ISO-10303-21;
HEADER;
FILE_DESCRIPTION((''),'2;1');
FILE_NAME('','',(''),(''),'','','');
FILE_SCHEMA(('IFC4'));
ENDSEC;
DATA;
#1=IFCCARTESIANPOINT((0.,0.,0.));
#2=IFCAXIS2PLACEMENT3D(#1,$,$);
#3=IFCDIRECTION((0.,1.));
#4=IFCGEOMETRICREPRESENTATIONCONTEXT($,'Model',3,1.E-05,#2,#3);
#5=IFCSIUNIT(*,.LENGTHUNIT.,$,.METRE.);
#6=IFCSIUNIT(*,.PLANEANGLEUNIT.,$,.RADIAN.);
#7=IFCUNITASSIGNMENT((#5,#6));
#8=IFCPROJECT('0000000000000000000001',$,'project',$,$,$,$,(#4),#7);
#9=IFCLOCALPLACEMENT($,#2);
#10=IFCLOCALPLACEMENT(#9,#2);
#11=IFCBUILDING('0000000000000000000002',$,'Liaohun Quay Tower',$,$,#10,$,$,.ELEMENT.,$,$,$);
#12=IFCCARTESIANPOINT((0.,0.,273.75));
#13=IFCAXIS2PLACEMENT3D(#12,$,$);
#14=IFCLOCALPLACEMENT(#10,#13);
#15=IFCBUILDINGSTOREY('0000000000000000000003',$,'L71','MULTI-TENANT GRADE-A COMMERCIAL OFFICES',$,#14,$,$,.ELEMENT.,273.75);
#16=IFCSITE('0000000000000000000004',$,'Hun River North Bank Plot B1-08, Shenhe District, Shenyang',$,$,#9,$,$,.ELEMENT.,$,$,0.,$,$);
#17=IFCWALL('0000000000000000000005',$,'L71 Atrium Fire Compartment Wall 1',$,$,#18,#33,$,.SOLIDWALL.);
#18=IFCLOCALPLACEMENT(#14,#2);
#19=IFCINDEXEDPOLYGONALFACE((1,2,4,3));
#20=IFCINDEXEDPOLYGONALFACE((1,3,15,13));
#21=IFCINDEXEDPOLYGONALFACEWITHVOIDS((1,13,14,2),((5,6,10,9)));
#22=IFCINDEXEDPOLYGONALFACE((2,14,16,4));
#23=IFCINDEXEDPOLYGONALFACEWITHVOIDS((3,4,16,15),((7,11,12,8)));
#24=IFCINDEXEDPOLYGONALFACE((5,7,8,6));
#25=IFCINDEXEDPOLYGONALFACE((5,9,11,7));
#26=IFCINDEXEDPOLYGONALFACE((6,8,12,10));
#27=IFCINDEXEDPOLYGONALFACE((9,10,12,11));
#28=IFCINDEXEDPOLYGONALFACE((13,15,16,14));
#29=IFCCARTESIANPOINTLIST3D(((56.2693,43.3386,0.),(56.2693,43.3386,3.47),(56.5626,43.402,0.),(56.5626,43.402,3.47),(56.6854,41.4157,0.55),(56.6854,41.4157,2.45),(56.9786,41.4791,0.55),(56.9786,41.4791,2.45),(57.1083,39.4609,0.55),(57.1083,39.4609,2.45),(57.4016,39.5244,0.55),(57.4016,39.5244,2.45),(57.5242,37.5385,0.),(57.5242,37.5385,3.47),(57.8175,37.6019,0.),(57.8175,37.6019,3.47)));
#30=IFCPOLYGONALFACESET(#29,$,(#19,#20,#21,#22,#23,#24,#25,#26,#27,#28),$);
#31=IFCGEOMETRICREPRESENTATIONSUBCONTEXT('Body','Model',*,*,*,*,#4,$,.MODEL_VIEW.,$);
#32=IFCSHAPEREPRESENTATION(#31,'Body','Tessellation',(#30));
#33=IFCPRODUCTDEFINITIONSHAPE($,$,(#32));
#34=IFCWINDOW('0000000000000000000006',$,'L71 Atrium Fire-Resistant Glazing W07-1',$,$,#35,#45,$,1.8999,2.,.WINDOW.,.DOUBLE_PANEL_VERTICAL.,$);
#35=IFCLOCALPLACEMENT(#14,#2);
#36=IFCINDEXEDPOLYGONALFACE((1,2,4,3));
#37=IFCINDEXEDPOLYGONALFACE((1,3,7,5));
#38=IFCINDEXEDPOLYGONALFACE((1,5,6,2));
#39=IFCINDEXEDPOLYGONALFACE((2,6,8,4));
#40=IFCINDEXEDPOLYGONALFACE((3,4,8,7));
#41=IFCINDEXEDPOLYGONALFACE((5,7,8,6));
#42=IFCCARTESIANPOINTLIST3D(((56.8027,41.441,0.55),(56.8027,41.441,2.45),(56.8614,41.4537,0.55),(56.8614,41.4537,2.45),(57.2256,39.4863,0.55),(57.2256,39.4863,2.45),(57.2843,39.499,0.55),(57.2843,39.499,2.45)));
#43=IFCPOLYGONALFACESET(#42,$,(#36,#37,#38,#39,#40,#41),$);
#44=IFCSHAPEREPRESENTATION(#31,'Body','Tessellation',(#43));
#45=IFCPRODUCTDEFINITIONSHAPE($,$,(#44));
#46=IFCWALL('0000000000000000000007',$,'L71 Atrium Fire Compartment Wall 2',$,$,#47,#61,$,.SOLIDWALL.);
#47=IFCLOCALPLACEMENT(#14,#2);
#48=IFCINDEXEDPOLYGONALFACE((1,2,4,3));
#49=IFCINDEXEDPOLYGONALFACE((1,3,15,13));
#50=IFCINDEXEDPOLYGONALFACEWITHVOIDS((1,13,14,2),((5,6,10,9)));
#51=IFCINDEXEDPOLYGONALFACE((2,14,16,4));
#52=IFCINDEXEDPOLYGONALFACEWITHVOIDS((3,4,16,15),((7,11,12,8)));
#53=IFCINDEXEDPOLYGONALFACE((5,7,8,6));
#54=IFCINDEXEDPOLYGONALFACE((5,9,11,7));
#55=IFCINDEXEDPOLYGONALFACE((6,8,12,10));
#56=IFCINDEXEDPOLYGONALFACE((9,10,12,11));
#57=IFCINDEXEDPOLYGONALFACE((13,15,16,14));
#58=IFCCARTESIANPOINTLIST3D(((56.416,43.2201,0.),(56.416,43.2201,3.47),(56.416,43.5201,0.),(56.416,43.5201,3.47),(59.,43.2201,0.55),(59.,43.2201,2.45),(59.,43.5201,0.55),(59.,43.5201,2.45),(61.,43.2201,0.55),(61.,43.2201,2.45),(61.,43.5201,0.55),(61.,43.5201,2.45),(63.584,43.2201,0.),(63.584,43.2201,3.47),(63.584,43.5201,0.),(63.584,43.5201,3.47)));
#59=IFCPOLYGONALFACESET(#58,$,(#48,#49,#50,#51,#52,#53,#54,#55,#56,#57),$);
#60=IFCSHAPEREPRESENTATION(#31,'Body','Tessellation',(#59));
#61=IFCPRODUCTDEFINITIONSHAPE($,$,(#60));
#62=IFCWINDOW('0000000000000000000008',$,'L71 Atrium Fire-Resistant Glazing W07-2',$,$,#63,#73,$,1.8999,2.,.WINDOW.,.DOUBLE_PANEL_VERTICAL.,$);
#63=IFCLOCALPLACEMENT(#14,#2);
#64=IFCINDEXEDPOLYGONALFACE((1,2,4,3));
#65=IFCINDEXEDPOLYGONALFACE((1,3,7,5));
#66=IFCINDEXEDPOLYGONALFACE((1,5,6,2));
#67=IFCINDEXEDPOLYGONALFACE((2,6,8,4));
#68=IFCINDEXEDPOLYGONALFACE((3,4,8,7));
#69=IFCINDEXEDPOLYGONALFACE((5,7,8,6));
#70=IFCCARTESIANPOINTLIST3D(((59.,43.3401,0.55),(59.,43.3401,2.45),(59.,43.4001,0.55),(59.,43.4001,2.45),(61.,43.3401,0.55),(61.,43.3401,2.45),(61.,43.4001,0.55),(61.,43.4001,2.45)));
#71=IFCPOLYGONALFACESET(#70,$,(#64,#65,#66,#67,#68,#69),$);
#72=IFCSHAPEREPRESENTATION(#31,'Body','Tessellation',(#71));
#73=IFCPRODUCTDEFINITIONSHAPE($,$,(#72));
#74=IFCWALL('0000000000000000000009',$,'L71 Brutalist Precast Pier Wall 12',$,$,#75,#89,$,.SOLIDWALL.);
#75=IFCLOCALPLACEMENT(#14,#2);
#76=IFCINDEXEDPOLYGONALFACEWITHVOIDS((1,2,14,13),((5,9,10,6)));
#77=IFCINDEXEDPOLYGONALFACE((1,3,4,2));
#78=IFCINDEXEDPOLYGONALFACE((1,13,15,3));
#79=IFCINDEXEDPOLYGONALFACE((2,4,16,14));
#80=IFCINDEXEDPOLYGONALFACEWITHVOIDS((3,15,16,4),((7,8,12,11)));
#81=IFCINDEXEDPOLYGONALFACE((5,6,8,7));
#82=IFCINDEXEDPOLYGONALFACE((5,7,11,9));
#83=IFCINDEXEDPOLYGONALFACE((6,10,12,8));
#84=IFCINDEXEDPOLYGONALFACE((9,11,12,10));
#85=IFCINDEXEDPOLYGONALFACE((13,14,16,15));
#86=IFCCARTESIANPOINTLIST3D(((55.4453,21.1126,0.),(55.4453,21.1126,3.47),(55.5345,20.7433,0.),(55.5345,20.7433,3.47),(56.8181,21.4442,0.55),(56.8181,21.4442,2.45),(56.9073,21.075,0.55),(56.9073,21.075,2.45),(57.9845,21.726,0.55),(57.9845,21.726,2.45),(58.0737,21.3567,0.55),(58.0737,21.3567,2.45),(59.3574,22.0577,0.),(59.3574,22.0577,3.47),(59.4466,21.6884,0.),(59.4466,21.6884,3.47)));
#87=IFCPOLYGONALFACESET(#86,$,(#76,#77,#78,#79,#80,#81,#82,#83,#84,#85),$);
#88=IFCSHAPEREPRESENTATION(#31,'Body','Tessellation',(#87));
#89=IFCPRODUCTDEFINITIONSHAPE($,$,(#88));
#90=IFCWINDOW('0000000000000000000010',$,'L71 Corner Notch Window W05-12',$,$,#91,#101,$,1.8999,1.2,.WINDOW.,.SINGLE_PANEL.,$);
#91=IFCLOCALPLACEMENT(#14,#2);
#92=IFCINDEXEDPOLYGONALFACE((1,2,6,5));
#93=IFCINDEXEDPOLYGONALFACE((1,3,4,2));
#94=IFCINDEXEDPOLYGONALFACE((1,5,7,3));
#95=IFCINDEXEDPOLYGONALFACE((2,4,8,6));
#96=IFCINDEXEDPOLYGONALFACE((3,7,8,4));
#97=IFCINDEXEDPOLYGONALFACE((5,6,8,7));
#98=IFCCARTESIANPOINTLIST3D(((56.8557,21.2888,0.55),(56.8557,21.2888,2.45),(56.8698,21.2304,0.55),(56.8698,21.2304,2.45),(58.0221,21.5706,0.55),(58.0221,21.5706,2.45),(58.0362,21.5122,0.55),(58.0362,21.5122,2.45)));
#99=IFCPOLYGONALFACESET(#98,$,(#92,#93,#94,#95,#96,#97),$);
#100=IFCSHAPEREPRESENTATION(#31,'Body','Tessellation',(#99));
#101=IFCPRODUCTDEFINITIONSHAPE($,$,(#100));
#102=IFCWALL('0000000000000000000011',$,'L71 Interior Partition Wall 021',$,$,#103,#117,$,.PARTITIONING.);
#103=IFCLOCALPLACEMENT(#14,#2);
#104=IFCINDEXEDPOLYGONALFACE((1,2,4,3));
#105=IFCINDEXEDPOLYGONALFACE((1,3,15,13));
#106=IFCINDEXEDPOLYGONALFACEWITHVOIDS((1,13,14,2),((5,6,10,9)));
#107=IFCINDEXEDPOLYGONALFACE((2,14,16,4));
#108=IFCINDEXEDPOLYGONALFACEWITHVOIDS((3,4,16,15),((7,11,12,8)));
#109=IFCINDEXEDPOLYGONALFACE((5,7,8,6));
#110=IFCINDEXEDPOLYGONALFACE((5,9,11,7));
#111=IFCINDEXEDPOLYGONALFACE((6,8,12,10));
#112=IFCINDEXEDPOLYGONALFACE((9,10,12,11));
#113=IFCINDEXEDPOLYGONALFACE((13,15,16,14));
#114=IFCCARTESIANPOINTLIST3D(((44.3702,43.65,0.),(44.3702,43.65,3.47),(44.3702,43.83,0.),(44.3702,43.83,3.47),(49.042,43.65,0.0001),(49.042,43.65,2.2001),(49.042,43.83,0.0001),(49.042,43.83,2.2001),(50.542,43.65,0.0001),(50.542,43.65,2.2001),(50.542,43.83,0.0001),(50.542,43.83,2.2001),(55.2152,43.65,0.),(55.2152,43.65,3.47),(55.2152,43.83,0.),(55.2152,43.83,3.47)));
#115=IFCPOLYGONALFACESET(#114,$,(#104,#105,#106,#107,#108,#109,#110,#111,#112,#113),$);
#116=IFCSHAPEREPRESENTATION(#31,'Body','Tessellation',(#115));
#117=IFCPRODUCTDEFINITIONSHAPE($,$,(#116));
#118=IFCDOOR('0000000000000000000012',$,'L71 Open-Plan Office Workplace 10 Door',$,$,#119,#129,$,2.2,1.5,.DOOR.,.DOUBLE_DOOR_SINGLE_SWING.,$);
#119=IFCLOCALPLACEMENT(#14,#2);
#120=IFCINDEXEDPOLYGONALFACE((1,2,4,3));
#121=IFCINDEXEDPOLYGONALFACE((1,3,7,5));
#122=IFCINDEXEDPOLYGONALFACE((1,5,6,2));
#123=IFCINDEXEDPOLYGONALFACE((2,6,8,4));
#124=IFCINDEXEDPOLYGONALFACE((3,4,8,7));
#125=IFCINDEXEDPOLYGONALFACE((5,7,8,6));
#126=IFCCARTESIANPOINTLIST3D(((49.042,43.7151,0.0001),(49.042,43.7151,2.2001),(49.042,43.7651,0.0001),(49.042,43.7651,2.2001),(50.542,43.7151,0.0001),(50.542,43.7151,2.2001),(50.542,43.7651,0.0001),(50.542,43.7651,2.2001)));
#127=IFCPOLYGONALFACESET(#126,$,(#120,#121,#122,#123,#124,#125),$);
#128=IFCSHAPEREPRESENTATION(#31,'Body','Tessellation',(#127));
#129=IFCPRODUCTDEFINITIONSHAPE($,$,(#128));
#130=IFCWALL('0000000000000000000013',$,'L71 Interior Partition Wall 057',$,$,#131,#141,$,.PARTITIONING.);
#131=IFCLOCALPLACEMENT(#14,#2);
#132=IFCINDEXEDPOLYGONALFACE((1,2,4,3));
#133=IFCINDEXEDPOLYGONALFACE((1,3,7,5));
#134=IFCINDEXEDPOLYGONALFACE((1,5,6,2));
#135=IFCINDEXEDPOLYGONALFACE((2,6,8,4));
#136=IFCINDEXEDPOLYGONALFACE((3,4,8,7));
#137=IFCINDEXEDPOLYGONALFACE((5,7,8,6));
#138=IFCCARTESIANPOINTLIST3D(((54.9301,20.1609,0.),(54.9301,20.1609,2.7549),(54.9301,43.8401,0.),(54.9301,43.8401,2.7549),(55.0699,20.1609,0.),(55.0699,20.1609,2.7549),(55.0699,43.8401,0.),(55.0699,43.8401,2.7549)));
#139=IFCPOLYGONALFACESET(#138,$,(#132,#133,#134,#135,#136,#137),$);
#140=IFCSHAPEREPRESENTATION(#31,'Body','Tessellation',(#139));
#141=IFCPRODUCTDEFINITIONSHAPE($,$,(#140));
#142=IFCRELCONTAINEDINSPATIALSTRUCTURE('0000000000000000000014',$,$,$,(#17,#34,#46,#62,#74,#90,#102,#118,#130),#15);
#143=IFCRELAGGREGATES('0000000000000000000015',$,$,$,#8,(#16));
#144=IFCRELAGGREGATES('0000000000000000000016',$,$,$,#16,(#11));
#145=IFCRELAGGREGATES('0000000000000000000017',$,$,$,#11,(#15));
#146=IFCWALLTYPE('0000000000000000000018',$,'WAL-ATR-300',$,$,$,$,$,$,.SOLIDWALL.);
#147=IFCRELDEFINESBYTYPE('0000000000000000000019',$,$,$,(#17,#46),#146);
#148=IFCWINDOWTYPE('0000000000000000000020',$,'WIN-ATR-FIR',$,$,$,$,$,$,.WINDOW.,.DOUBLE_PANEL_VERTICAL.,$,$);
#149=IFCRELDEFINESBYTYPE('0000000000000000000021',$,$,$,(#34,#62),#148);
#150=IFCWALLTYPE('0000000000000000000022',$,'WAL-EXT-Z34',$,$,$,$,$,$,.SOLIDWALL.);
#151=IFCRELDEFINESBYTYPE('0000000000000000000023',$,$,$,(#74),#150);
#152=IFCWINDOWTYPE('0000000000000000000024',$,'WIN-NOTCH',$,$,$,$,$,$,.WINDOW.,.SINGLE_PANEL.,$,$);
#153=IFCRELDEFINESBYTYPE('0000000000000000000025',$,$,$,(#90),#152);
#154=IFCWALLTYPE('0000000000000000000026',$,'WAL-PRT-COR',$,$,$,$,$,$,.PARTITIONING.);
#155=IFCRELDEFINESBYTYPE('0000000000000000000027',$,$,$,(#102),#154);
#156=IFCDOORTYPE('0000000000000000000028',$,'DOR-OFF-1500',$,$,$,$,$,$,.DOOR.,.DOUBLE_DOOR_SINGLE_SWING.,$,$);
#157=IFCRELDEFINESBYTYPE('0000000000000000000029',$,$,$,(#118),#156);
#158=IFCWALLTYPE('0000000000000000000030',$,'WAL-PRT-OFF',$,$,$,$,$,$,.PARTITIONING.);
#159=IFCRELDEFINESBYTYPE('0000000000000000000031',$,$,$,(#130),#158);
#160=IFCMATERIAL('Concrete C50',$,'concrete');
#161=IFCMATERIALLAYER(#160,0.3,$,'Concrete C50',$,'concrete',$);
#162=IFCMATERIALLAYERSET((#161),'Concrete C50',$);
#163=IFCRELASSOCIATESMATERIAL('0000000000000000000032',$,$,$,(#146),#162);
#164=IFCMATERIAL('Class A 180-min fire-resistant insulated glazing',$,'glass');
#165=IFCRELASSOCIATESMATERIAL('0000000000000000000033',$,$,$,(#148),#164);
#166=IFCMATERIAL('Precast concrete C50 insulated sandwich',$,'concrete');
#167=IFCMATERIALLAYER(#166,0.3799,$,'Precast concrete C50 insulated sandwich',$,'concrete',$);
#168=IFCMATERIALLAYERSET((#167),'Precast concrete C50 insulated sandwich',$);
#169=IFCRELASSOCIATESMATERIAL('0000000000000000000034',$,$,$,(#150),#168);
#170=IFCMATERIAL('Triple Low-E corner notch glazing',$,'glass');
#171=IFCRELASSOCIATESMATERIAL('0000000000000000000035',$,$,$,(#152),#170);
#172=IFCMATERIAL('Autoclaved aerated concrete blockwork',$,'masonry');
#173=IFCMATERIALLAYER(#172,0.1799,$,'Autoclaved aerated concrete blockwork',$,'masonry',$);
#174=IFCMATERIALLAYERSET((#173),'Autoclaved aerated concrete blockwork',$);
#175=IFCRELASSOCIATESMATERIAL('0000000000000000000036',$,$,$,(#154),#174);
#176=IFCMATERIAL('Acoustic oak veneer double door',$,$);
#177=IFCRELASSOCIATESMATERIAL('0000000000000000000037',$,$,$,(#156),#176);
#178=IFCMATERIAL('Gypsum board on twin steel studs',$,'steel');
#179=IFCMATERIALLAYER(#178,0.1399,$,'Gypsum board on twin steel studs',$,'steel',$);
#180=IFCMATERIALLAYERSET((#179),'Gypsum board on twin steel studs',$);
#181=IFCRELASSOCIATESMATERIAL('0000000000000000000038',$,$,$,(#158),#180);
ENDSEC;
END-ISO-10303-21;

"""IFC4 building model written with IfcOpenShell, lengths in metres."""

from ifc_helpers import new_model, si_unit, direction, frame, frame_2d, origin, place, context, subcontext, project, spatial, rectangle, extrude, source, transform, mapped, material, layer, layer_set, type_object, element, fill, save


model = new_model("IFC4")

# Units and contexts
model_context = context("Model", 3, precision=1e-05, world=origin(), true_north=direction((0.0, 1.0)))
body_context = subcontext(model_context, "Body", "Model", "MODEL_VIEW")
ifc_project = project(units=[si_unit("LENGTHUNIT", "METRE"), si_unit("PLANEANGLEUNIT", "RADIAN")], contexts=[model_context])

# Site, building, storey
site_placement = place(None, origin())
site = spatial("IfcSite", under=ifc_project, at=site_placement, Name="Hun River North Bank Plot B1-08, Shenhe District, Shenyang", CompositionType="ELEMENT", RefElevation=0.0)
building_placement = place(site_placement, origin())
building = spatial("IfcBuilding", under=site, at=building_placement, Name="Liaohun Quay Tower", CompositionType="ELEMENT")
storey_placement = place(building_placement, frame((0.0, 0.0, 273.75)))
storey = spatial("IfcBuildingStorey", under=building, at=storey_placement, Name="L71", Description="MULTI-TENANT GRADE-A COMMERCIAL OFFICES", CompositionType="ELEMENT", Elevation=273.75)

# Walls, openings, windows
ifc_material_1 = material(Name="Concrete C50", Category="concrete")
ifc_layer_1 = layer(ifc_material_1, 0.3, Name="Concrete C50", Category="concrete")
ifc_layer_set_1 = layer_set([ifc_layer_1], Name="Concrete C50")
wall_type_1 = type_object("IfcWallType", Name="WAL-ATR-300", PredefinedType="SOLIDWALL", material=ifc_layer_set_1)
wall_1_placement = place(storey_placement, frame((57.6709, 37.5701, 0.0), z_axis=(0.0, 0.0, 1.0), x_axis=(-0.211465, 0.977386, 0.0)))
wall_1 = element("IfcWall", 1, at=wall_1_placement, inside=storey, type_object=wall_type_1, Name="L71 Atrium Fire Compartment Wall 1", PredefinedType="SOLIDWALL", context=body_context, shape_type="SweptSolid", body=[
    extrude(rectangle(XDim=5.9343, YDim=0.3, at=frame_2d((2.9673, 0.0))), origin(), (0.0, 0.0, 1.0), 3.47),
])
shared_shape_1 = source(origin(), body_context, "Body", "SweptSolid", [
    extrude(rectangle(XDim=2.0, YDim=1.8999, at=frame_2d((1.0, 0.95))), frame((0.0, 0.1599, 0.0), z_axis=(0.0, -1.0, 0.0), x_axis=(1.0, 0.0, 0.0)), (0.0, 0.0, 1.0), 0.3201),
])
opening_1_placement = place(wall_1_placement, frame((1.967, 0.0, 0.55)))
opening_1 = element("IfcOpeningElement", 2, at=opening_1_placement, cuts=wall_1, PredefinedType="OPENING", context=body_context, shape_type="MappedRepresentation", body=[
    mapped(shared_shape_1, transform((0.0, 0.0, 0.0), x_axis=(1.0, 0.0, 0.0), y_axis=(0.0, 1.0, 0.0), z_axis=(0.0, 0.0, 1.0), scale=1.0)),
])
ifc_material_2 = material(Name="Class A 180-min fire-resistant insulated glazing", Category="glass")
window_type_1 = type_object("IfcWindowType", Name="WIN-ATR-FIR", PartitioningType="DOUBLE_PANEL_VERTICAL", PredefinedType="WINDOW", material=ifc_material_2)
shared_shape_2 = source(origin(), body_context, "Body", "SweptSolid", [
    extrude(rectangle(XDim=2.0, YDim=1.8999, at=frame_2d((1.0, 0.95))), frame((0.0, 0.03, 0.0), z_axis=(0.0, -1.0, 0.0), x_axis=(1.0, 0.0, 0.0)), (0.0, 0.0, 1.0), 0.0601),
])
window_1_placement = place(opening_1_placement, origin())
window_1 = element("IfcWindow", 3, at=window_1_placement, inside=storey, type_object=window_type_1, Name="L71 Atrium Fire-Resistant Glazing W07-1", OverallHeight=1.8999, OverallWidth=2.0, PartitioningType="DOUBLE_PANEL_VERTICAL", PredefinedType="WINDOW", context=body_context, shape_type="MappedRepresentation", body=[
    mapped(shared_shape_2, transform((0.0, 0.0, 0.0), x_axis=(1.0, 0.0, 0.0), y_axis=(0.0, 1.0, 0.0), z_axis=(0.0, 0.0, 1.0), scale=1.0)),
])
fill(opening_1, window_1)
wall_2_placement = place(storey_placement, frame((56.416, 43.3701, 0.0), z_axis=(0.0, 0.0, 1.0), x_axis=(1.0, 0.0, 0.0)))
wall_2 = element("IfcWall", 4, at=wall_2_placement, inside=storey, type_object=wall_type_1, Name="L71 Atrium Fire Compartment Wall 2", PredefinedType="SOLIDWALL", context=body_context, shape_type="SweptSolid", body=[
    extrude(rectangle(XDim=7.168, YDim=0.3, at=frame_2d((3.584, 0.0))), origin(), (0.0, 0.0, 1.0), 3.47),
])
opening_2_placement = place(wall_2_placement, frame((2.584, 0.0, 0.55)))
opening_2 = element("IfcOpeningElement", 5, at=opening_2_placement, cuts=wall_2, PredefinedType="OPENING", context=body_context, shape_type="MappedRepresentation", body=[
    mapped(shared_shape_1, transform((0.0, 0.0, 0.0), x_axis=(1.0, 0.0, 0.0), y_axis=(0.0, 1.0, 0.0), z_axis=(0.0, 0.0, 1.0), scale=1.0)),
])
window_2_placement = place(opening_2_placement, origin())
window_2 = element("IfcWindow", 6, at=window_2_placement, inside=storey, type_object=window_type_1, Name="L71 Atrium Fire-Resistant Glazing W07-2", OverallHeight=1.8999, OverallWidth=2.0, PartitioningType="DOUBLE_PANEL_VERTICAL", PredefinedType="WINDOW", context=body_context, shape_type="MappedRepresentation", body=[
    mapped(shared_shape_2, transform((0.0, 0.0, 0.0), x_axis=(1.0, 0.0, 0.0), y_axis=(0.0, 1.0, 0.0), z_axis=(0.0, 0.0, 1.0), scale=1.0)),
])
fill(opening_2, window_2)
ifc_material_3 = material(Name="Precast concrete C50 insulated sandwich", Category="concrete")
ifc_layer_2 = layer(ifc_material_3, 0.3799, Name="Precast concrete C50 insulated sandwich", Category="concrete")
ifc_layer_set_2 = layer_set([ifc_layer_2], Name="Precast concrete C50 insulated sandwich")
wall_type_2 = type_object("IfcWallType", Name="WAL-EXT-Z34", PredefinedType="SOLIDWALL", material=ifc_layer_set_2)
wall_3_placement = place(storey_placement, frame((55.49, 20.928, 0.0), z_axis=(0.0, 0.0, 1.0), x_axis=(0.972039, 0.23482, 0.0)))
wall_3 = element("IfcWall", 7, at=wall_3_placement, inside=storey, type_object=wall_type_2, Name="L71 Brutalist Precast Pier Wall 12", PredefinedType="SOLIDWALL", context=body_context, shape_type="SweptSolid", body=[
    extrude(rectangle(XDim=4.0247, YDim=0.3799, at=frame_2d((2.0122, 0.0))), origin(), (0.0, 0.0, 1.0), 3.47),
])
shared_shape_3 = source(origin(), body_context, "Body", "SweptSolid", [
    extrude(rectangle(XDim=1.2, YDim=1.8999, at=frame_2d((0.6001, 0.95))), frame((0.0, 0.2, 0.0), z_axis=(0.0, -1.0, 0.0), x_axis=(1.0, 0.0, 0.0)), (0.0, 0.0, 1.0), 0.3999),
])
opening_3_placement = place(wall_3_placement, frame((1.4121, 0.0, 0.55)))
opening_3 = element("IfcOpeningElement", 8, at=opening_3_placement, cuts=wall_3, PredefinedType="OPENING", context=body_context, shape_type="MappedRepresentation", body=[
    mapped(shared_shape_3, transform((0.0, 0.0, 0.0), x_axis=(1.0, 0.0, 0.0), y_axis=(0.0, 1.0, 0.0), z_axis=(0.0, 0.0, 1.0), scale=1.0)),
])
ifc_material_4 = material(Name="Triple Low-E corner notch glazing", Category="glass")
window_type_2 = type_object("IfcWindowType", Name="WIN-NOTCH", PartitioningType="SINGLE_PANEL", PredefinedType="WINDOW", material=ifc_material_4)
shared_shape_4 = source(origin(), body_context, "Body", "SweptSolid", [
    extrude(rectangle(XDim=1.2, YDim=1.8999, at=frame_2d((0.6001, 0.95))), frame((0.0, 0.03, 0.0), z_axis=(0.0, -1.0, 0.0), x_axis=(1.0, 0.0, 0.0)), (0.0, 0.0, 1.0), 0.0601),
])
window_3_placement = place(opening_3_placement, origin())
window_3 = element("IfcWindow", 9, at=window_3_placement, inside=storey, type_object=window_type_2, Name="L71 Corner Notch Window W05-12", OverallHeight=1.8999, OverallWidth=1.2, PartitioningType="SINGLE_PANEL", PredefinedType="WINDOW", context=body_context, shape_type="MappedRepresentation", body=[
    mapped(shared_shape_4, transform((0.0, 0.0, 0.0), x_axis=(1.0, 0.0, 0.0), y_axis=(0.0, 1.0, 0.0), z_axis=(0.0, 0.0, 1.0), scale=1.0)),
])
fill(opening_3, window_3)

# Wall, opening, door
ifc_material_5 = material(Name="Autoclaved aerated concrete blockwork", Category="masonry")
ifc_layer_3 = layer(ifc_material_5, 0.1799, Name="Autoclaved aerated concrete blockwork", Category="masonry")
ifc_layer_set_3 = layer_set([ifc_layer_3], Name="Autoclaved aerated concrete blockwork")
wall_type_3 = type_object("IfcWallType", Name="WAL-PRT-COR", PredefinedType="PARTITIONING", material=ifc_layer_set_3)
wall_4_placement = place(storey_placement, frame((55.2151, 43.74, 0.0), z_axis=(0.0, 0.0, 1.0), x_axis=(-1.0, 0.0, 0.0)))
wall_4 = element("IfcWall", 10, at=wall_4_placement, inside=storey, type_object=wall_type_3, Name="L71 Interior Partition Wall 021", PredefinedType="PARTITIONING", context=body_context, shape_type="SweptSolid", body=[
    extrude(rectangle(XDim=10.845, YDim=0.1799, at=frame_2d((5.4224, 0.0))), origin(), (0.0, 0.0, 1.0), 3.47),
])
shared_shape_5 = source(origin(), body_context, "Body", "SweptSolid", [
    extrude(rectangle(XDim=1.5, YDim=2.2, at=frame_2d((0.75, 1.1001))), frame((0.0, 0.0999, 0.0), z_axis=(0.0, -1.0, 0.0), x_axis=(1.0, 0.0, 0.0)), (0.0, 0.0, 1.0), 0.2),
])
opening_4_placement = place(wall_4_placement, frame((4.6731, 0.0, 0.0)))
opening_4 = element("IfcOpeningElement", 11, at=opening_4_placement, cuts=wall_4, PredefinedType="OPENING", context=body_context, shape_type="MappedRepresentation", body=[
    mapped(shared_shape_5, transform((0.0, 0.0, 0.0), x_axis=(1.0, 0.0, 0.0), y_axis=(0.0, 1.0, 0.0), z_axis=(0.0, 0.0, 1.0), scale=1.0)),
])
ifc_material_6 = material(Name="Acoustic oak veneer double door")
door_type = type_object("IfcDoorType", Name="DOR-OFF-1500", OperationType="DOUBLE_DOOR_SINGLE_SWING", PredefinedType="DOOR", material=ifc_material_6)
shared_shape_6 = source(origin(), body_context, "Body", "SweptSolid", [
    extrude(rectangle(XDim=1.5, YDim=2.2, at=frame_2d((0.75, 1.1001))), frame((0.0, 0.0249, 0.0), z_axis=(0.0, -1.0, 0.0), x_axis=(1.0, 0.0, 0.0)), (0.0, 0.0, 1.0), 0.05),
])
door_placement = place(opening_4_placement, origin())
door = element("IfcDoor", 12, at=door_placement, inside=storey, type_object=door_type, Name="L71 Open-Plan Office Workplace 10 Door", OperationType="DOUBLE_DOOR_SINGLE_SWING", OverallHeight=2.2, OverallWidth=1.5, PredefinedType="DOOR", context=body_context, shape_type="MappedRepresentation", body=[
    mapped(shared_shape_6, transform((0.0, 0.0, 0.0), x_axis=(1.0, 0.0, 0.0), y_axis=(0.0, 1.0, 0.0), z_axis=(0.0, 0.0, 1.0), scale=1.0)),
])
fill(opening_4, door)

# Wall
ifc_material_7 = material(Name="Gypsum board on twin steel studs", Category="steel")
ifc_layer_4 = layer(ifc_material_7, 0.1399, Name="Gypsum board on twin steel studs", Category="steel")
ifc_layer_set_4 = layer_set([ifc_layer_4], Name="Gypsum board on twin steel studs")
wall_type_4 = type_object("IfcWallType", Name="WAL-PRT-OFF", PredefinedType="PARTITIONING", material=ifc_layer_set_4)
wall_5_placement = place(storey_placement, frame((55.0, 43.8401, 0.0), z_axis=(0.0, 0.0, 1.0), x_axis=(0.0, -1.0, 0.0)))
element("IfcWall", 13, at=wall_5_placement, inside=storey, type_object=wall_type_4, Name="L71 Interior Partition Wall 057", PredefinedType="PARTITIONING", context=body_context, shape_type="SweptSolid", body=[
    extrude(rectangle(XDim=23.6792, YDim=0.1399, at=frame_2d((11.8396, 0.0))), origin(), (0.0, 0.0, 1.0), 2.7549),
])

save(model, "model.ifc")
